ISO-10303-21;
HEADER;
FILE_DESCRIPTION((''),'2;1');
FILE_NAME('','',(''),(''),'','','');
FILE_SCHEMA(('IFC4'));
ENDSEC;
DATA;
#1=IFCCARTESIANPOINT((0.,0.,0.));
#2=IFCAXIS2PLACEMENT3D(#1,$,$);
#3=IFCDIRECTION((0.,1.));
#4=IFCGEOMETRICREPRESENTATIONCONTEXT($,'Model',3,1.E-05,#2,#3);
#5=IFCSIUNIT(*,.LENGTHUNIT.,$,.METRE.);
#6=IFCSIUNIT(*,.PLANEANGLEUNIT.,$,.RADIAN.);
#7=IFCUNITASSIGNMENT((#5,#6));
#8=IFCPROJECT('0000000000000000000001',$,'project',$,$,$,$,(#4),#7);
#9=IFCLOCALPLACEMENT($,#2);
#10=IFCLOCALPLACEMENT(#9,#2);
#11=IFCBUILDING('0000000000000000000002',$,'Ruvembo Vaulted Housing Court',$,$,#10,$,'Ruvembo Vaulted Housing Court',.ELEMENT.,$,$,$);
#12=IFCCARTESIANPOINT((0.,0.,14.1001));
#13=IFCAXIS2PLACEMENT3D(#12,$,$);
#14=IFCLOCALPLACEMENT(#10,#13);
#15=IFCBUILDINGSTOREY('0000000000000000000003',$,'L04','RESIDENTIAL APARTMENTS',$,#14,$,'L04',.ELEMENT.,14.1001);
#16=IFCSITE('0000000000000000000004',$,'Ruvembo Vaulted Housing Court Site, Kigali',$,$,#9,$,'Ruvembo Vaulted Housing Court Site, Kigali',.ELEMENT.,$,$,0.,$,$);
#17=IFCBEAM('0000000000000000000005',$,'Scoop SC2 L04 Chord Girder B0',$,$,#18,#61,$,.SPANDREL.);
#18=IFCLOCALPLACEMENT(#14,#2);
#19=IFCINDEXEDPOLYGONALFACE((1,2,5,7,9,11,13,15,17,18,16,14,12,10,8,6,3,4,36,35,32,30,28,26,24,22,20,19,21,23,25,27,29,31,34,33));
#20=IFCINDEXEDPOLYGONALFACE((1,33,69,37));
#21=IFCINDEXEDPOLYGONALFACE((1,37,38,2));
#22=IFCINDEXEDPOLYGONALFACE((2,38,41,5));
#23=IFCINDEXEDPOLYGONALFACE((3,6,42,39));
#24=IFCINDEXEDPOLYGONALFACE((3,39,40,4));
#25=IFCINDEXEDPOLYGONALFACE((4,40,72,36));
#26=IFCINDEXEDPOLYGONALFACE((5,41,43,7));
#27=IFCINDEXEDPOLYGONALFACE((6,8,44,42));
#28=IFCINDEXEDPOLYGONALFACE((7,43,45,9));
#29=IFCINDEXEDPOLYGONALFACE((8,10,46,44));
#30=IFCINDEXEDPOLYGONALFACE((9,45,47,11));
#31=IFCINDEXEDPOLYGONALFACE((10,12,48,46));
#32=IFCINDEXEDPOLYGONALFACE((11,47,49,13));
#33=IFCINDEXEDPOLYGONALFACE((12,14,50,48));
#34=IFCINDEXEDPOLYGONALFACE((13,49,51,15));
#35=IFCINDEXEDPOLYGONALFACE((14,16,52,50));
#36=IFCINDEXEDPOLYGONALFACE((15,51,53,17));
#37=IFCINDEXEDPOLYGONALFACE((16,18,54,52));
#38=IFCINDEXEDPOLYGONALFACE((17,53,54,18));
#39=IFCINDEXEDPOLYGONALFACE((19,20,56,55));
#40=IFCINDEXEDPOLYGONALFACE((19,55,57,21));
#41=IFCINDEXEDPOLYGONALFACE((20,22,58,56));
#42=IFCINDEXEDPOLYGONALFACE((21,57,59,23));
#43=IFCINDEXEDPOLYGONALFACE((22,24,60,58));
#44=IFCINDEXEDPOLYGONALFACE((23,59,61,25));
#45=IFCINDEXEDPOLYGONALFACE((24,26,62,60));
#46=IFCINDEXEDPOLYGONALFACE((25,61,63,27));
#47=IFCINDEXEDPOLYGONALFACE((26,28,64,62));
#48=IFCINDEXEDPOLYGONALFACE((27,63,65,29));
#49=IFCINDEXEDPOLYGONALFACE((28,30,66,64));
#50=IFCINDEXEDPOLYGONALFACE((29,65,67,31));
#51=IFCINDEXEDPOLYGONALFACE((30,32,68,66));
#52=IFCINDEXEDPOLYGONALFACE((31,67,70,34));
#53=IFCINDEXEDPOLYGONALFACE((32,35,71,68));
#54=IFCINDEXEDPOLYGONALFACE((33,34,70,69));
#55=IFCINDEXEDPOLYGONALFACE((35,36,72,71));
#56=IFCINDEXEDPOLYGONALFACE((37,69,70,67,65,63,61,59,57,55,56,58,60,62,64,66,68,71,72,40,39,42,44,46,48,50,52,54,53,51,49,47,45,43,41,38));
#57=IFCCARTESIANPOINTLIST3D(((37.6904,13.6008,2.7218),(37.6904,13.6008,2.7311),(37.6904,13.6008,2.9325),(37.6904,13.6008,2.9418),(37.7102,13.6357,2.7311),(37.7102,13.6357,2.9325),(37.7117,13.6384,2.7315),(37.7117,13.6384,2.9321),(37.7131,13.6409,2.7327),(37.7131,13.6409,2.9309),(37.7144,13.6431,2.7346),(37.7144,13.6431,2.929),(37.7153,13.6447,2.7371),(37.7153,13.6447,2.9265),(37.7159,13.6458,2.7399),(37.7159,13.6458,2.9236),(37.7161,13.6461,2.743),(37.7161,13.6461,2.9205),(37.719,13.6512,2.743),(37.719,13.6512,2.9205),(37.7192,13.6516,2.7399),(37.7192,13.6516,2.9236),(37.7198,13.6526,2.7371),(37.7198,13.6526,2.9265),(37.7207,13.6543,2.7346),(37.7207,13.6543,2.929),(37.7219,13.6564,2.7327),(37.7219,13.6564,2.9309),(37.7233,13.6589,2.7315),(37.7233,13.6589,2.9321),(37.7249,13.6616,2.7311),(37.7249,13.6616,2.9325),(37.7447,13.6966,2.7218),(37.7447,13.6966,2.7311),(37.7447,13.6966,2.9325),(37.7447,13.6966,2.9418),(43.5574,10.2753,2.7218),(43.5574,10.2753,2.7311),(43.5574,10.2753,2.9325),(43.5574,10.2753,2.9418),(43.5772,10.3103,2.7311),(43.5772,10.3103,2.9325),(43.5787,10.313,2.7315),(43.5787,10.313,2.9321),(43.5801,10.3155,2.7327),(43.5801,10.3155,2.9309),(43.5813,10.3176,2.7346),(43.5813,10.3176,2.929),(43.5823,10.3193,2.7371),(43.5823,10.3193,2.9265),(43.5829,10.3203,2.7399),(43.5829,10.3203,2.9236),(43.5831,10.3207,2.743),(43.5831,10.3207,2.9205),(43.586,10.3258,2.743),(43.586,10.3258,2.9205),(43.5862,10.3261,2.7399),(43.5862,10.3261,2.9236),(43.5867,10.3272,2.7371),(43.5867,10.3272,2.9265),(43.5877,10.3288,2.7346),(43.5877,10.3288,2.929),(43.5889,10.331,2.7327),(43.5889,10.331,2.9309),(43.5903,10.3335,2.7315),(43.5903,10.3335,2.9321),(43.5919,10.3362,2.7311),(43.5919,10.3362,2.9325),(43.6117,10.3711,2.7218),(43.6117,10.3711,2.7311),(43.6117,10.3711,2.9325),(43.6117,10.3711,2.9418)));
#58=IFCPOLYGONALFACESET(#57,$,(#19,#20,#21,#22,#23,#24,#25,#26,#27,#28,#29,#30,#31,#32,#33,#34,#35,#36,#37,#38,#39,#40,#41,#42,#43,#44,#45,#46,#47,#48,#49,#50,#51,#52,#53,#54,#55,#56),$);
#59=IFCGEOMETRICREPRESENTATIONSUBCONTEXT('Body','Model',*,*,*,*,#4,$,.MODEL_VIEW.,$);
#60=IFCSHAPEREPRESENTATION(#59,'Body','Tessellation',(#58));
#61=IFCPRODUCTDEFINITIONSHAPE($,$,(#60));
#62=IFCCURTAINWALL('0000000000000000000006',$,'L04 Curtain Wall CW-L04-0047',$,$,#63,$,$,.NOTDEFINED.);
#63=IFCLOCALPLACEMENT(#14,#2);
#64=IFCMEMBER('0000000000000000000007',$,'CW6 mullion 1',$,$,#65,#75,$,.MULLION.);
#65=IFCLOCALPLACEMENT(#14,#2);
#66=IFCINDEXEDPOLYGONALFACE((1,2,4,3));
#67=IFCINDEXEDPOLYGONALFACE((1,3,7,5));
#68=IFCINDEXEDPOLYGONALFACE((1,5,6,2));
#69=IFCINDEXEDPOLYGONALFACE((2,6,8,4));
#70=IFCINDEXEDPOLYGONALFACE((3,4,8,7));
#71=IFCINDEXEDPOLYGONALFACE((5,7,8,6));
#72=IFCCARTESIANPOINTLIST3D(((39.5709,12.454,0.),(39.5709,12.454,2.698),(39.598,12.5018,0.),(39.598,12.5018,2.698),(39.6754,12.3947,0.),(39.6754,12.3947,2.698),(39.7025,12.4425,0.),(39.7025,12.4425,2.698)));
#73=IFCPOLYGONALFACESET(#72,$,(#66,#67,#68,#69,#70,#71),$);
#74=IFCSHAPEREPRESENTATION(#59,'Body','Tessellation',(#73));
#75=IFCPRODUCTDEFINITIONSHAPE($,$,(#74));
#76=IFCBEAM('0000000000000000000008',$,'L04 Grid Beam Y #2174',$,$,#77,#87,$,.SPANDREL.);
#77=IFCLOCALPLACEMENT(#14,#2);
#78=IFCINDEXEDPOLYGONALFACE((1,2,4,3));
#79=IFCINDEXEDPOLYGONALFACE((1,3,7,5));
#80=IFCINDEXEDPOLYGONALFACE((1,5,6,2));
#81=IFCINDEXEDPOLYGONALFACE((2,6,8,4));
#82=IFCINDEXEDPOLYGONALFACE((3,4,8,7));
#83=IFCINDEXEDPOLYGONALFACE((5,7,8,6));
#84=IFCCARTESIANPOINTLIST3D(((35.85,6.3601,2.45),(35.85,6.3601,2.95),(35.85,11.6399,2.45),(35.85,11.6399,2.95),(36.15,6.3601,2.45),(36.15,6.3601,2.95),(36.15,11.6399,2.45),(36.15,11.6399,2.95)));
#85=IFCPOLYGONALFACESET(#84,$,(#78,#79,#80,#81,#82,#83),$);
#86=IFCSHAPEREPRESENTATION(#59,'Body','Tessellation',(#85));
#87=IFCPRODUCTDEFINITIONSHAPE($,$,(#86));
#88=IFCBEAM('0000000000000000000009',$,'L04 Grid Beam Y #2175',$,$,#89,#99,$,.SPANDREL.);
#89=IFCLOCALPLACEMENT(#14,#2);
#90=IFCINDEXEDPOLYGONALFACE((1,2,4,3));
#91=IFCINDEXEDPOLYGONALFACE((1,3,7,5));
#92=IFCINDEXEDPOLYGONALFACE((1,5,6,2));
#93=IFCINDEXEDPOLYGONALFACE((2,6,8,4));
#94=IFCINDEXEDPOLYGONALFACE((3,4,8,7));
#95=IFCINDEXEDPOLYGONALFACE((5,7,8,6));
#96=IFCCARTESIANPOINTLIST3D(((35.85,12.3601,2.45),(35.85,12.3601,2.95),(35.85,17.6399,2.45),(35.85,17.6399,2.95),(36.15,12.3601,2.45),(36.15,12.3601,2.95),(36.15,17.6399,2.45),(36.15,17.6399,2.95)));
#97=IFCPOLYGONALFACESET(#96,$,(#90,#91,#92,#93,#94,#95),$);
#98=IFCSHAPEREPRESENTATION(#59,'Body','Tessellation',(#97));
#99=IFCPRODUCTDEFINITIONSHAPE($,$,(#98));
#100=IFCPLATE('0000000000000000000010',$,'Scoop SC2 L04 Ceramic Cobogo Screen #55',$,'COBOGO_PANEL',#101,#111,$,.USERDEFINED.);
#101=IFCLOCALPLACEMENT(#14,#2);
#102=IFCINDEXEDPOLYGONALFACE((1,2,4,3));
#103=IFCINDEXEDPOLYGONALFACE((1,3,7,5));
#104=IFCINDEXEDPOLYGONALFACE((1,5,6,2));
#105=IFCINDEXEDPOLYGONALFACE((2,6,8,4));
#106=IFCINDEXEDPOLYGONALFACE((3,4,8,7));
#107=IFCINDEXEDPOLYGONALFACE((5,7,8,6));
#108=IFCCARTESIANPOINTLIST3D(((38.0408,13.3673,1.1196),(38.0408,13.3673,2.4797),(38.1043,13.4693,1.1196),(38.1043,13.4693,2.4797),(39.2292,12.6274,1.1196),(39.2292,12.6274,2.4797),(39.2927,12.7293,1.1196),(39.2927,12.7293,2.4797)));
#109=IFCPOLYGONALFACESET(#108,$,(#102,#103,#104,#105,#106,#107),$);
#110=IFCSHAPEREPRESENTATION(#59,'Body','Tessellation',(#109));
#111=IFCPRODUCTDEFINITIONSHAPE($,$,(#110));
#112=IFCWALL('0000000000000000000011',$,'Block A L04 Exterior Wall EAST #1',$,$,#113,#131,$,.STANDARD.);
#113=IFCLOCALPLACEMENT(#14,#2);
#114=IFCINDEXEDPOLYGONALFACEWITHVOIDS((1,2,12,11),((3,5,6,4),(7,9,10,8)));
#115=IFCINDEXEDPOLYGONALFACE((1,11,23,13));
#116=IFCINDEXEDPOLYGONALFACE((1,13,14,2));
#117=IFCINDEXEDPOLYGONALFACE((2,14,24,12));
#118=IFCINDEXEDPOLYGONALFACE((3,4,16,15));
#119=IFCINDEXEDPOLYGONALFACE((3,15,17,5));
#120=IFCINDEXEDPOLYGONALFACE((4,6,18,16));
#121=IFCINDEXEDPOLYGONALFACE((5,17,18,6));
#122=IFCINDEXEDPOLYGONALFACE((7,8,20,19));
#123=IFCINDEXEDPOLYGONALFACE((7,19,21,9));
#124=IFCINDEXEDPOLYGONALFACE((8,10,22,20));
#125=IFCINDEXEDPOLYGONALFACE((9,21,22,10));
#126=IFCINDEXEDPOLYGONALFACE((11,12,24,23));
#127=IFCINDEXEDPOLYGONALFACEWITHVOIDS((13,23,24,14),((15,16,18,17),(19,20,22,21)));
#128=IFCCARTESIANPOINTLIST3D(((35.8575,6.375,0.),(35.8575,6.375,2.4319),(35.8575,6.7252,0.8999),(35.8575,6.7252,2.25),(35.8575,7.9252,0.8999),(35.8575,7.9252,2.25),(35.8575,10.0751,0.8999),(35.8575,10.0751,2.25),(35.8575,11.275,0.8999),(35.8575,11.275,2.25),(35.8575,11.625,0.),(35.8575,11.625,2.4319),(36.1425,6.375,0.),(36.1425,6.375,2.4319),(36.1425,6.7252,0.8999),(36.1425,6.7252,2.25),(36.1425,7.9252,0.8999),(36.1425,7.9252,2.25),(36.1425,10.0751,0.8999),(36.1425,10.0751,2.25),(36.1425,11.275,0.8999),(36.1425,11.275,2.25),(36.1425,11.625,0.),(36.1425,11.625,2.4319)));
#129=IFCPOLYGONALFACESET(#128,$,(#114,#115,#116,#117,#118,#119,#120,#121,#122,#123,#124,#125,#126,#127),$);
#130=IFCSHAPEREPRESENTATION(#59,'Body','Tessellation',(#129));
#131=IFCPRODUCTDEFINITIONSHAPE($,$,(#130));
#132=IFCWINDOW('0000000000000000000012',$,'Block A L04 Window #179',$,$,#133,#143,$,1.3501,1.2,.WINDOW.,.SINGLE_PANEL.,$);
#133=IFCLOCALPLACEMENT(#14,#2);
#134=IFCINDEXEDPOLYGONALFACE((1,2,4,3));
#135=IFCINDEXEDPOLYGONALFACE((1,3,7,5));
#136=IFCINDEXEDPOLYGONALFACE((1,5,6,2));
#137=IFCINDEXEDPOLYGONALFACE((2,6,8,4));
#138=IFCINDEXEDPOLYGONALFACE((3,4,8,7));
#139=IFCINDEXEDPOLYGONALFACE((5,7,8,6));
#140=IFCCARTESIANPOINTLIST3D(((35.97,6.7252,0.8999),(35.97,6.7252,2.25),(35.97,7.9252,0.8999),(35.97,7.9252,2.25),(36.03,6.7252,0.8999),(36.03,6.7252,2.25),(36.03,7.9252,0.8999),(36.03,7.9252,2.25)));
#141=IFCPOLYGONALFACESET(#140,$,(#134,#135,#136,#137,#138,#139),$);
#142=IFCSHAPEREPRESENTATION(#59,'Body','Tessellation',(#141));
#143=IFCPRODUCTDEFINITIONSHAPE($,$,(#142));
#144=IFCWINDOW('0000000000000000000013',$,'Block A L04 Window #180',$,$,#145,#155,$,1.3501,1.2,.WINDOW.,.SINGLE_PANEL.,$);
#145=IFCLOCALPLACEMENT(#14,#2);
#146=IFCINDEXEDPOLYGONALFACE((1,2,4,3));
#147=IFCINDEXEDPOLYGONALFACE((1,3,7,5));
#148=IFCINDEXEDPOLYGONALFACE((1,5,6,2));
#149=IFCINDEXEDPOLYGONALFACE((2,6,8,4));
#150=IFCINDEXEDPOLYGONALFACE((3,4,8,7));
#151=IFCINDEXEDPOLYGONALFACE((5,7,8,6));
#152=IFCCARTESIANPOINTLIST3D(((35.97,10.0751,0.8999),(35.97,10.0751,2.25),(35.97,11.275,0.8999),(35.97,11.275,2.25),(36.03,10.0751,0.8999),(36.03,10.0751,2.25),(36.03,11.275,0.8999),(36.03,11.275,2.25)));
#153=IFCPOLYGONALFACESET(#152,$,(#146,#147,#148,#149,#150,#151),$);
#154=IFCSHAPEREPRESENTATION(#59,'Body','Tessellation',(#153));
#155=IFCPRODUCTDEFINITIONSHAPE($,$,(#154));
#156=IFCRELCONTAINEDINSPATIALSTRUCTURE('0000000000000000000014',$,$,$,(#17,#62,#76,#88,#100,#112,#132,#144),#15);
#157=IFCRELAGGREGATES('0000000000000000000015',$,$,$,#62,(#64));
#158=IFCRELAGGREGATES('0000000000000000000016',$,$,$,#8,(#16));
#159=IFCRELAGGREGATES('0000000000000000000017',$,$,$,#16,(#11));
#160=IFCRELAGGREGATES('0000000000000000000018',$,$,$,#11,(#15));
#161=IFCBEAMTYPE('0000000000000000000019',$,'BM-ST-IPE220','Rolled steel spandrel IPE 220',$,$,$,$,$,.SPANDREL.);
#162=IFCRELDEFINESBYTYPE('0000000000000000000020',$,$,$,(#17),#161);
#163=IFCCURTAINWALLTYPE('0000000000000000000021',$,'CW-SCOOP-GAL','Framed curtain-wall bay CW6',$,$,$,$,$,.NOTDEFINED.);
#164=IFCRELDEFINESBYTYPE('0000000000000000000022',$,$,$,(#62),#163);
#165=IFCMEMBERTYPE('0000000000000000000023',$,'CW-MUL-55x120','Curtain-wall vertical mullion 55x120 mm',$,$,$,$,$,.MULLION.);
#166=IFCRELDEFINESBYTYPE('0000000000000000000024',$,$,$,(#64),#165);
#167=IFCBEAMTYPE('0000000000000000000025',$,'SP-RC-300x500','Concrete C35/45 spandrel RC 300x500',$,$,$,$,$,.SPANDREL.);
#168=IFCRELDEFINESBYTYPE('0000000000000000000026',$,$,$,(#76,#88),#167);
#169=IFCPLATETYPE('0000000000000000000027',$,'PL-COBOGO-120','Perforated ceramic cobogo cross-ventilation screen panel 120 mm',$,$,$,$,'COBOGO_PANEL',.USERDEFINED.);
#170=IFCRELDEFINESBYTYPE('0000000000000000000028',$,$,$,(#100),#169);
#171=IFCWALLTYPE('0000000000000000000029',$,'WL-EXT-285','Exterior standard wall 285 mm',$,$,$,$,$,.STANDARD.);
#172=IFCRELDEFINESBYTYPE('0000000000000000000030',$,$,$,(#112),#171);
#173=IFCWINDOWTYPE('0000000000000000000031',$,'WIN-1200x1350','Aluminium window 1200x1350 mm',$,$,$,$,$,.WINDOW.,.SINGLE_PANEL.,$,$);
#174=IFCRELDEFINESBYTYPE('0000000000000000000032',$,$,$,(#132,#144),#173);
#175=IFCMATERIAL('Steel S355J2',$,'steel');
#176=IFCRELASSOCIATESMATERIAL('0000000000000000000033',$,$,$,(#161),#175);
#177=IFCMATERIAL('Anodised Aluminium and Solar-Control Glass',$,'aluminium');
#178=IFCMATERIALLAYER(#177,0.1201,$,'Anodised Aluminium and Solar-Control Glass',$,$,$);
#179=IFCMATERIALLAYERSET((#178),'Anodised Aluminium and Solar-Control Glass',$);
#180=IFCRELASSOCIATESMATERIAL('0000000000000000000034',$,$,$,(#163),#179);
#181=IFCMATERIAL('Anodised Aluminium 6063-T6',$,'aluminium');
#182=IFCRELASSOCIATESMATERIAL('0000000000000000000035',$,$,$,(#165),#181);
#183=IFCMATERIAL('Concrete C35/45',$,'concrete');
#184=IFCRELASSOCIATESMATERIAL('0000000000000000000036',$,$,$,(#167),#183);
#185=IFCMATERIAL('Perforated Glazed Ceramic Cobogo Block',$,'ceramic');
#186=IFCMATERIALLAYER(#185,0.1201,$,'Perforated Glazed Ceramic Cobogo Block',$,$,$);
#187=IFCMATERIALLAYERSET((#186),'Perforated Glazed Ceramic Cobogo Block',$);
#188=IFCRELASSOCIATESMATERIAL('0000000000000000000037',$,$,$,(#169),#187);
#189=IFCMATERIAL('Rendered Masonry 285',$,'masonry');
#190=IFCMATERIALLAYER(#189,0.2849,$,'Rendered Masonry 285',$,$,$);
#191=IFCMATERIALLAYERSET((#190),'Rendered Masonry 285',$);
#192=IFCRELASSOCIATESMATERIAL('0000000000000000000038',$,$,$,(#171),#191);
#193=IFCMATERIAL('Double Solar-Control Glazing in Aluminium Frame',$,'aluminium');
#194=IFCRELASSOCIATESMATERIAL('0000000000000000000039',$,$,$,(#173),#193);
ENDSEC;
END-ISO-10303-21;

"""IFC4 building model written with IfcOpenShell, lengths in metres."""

from ifc_helpers import new_model, si_unit, direction, frame, frame_2d, origin, origin_2d, place, context, subcontext, project, spatial, rectangle, i_section, extrude, material, layer, layer_set, material_profile, profile_set, type_object, element, fill, aggregate, save


model = new_model("IFC4")

# Units and contexts
model_context = context("Model", 3, precision=1e-05, world=origin(), true_north=direction((0.0, 1.0)))
body_context = subcontext(model_context, "Body", "Model", "MODEL_VIEW")
ifc_project = project(units=[si_unit("LENGTHUNIT", "METRE"), si_unit("PLANEANGLEUNIT", "RADIAN")], contexts=[model_context])

# Site, building, storey
site_placement = place(None, origin())
site = spatial("IfcSite", under=ifc_project, at=site_placement, Name="Ruvembo Vaulted Housing Court Site, Kigali", LongName="Ruvembo Vaulted Housing Court Site, Kigali", CompositionType="ELEMENT", RefElevation=0.0)
building_placement = place(site_placement, origin())
building = spatial("IfcBuilding", under=site, at=building_placement, Name="Ruvembo Vaulted Housing Court", LongName="Ruvembo Vaulted Housing Court", CompositionType="ELEMENT")
storey_placement = place(building_placement, frame((0.0, 0.0, 14.1001)))
storey = spatial("IfcBuildingStorey", under=building, at=storey_placement, Name="L04", Description="RESIDENTIAL APARTMENTS", LongName="L04", CompositionType="ELEMENT", Elevation=14.1001)

# Shared definitions
ifc_material_1 = material(Name="Concrete C35/45", Category="concrete")

# Beam
ifc_material_2 = material(Name="Steel S355J2", Category="steel")
ifc_material_profile_1 = material_profile(ifc_material_2, i_section(OverallWidth=0.1101, OverallDepth=0.22, WebThickness=0.0059, FlangeThickness=0.0093, FilletRadius=0.012, at=origin_2d()), Name="IPE 220")
ifc_profile_set_1 = profile_set([ifc_material_profile_1], Name="Steel S355J2")
beam_type_1 = type_object("IfcBeamType", Name="BM-ST-IPE220", Description="Rolled steel spandrel IPE 220", PredefinedType="SPANDREL", material=ifc_profile_set_1)
beam_1_placement = place(storey_placement, frame((37.7175, 13.6487, 2.8318), z_axis=(0.869969, -0.493107, 0.0), x_axis=(0.493107, 0.869969, 0.0)))
element("IfcBeam", 1, at=beam_1_placement, inside=storey, type_object=beam_type_1, Name="Scoop SC2 L04 Chord Girder B0", PredefinedType="SPANDREL", context=body_context, shape_type="SweptSolid", body=[
    extrude(i_section(OverallWidth=0.1101, OverallDepth=0.22, WebThickness=0.0059, FlangeThickness=0.0093, FilletRadius=0.012, at=origin_2d()), origin(), (0.0, 0.0, 1.0), 6.7439),
])

# Curtain wall, member
ifc_material_3 = material(Name="Anodised Aluminium and Solar-Control Glass", Category="aluminium")
ifc_layer_1 = layer(ifc_material_3, 0.1201, Name="Anodised Aluminium and Solar-Control Glass")
ifc_layer_set_1 = layer_set([ifc_layer_1], Name="Anodised Aluminium and Solar-Control Glass")
curtain_wall_type = type_object("IfcCurtainWallType", Name="CW-SCOOP-GAL", Description="Framed curtain-wall bay CW6", PredefinedType="NOTDEFINED", material=ifc_layer_set_1)
curtain_wall_placement = place(storey_placement, origin())
curtain_wall = element("IfcCurtainWall", 2, at=curtain_wall_placement, inside=storey, type_object=curtain_wall_type, Name="L04 Curtain Wall CW-L04-0047", PredefinedType="NOTDEFINED")
ifc_material_4 = material(Name="Anodised Aluminium 6063-T6", Category="aluminium")
ifc_material_profile_2 = material_profile(ifc_material_4, rectangle(XDim=0.0549, YDim=0.1201, at=origin_2d()), Name="ALU 55x120")
ifc_profile_set_2 = profile_set([ifc_material_profile_2], Name="Anodised Aluminium 6063-T6")
member_type = type_object("IfcMemberType", Name="CW-MUL-55x120", Description="Curtain-wall vertical mullion 55x120 mm", PredefinedType="MULLION", material=ifc_profile_set_2)
member_placement = place(storey_placement, frame((39.6367, 12.4482, 0.0), z_axis=(0.0, 0.0, 1.0), x_axis=(0.493079, 0.869984, 0.0)))
member = element("IfcMember", 3, at=member_placement, type_object=member_type, Name="CW6 mullion 1", PredefinedType="MULLION", context=body_context, shape_type="SweptSolid", body=[
    extrude(rectangle(XDim=0.0549, YDim=0.1201, at=origin_2d()), origin(), (0.0, 0.0, 1.0), 2.698),
])
aggregate(curtain_wall, [member])

# Beams
ifc_material_profile_3 = material_profile(ifc_material_1, rectangle(XDim=0.3, YDim=0.5, at=origin_2d()), Name="RC 300x500")
ifc_profile_set_3 = profile_set([ifc_material_profile_3], Name="Concrete C35/45")
beam_type_2 = type_object("IfcBeamType", Name="SP-RC-300x500", Description="Concrete C35/45 spandrel RC 300x500", PredefinedType="SPANDREL", material=ifc_profile_set_3)
for number, where, z_axis, x_axis, name in (
    (4, (36.0, 6.3601, 2.7), (0.0, 1.0, 0.0), (-1.0, 0.0, 0.0), "L04 Grid Beam Y #2174"),
    (5, (36.0, 12.3601, 2.7), (0.0, 1.0, 0.0), (-1.0, 0.0, 0.0), "L04 Grid Beam Y #2175"),
):
    element("IfcBeam", number, at=place(storey_placement, frame(where, z_axis=z_axis, x_axis=x_axis)), inside=storey, type_object=beam_type_2, Name=name, PredefinedType="SPANDREL", context=body_context, shape_type="SweptSolid", body=[
        extrude(rectangle(XDim=0.3, YDim=0.5, at=origin_2d()), origin(), (0.0, 0.0, 1.0), 5.2798),
    ])

# Plate
ifc_material_5 = material(Name="Perforated Glazed Ceramic Cobogo Block", Category="ceramic")
ifc_layer_2 = layer(ifc_material_5, 0.1201, Name="Perforated Glazed Ceramic Cobogo Block")
ifc_layer_set_2 = layer_set([ifc_layer_2], Name="Perforated Glazed Ceramic Cobogo Block")
plate_type = type_object("IfcPlateType", Name="PL-COBOGO-120", Description="Perforated ceramic cobogo cross-ventilation screen panel 120 mm", ElementType="COBOGO_PANEL", PredefinedType="USERDEFINED", material=ifc_layer_set_2)
plate_placement = place(storey_placement, frame((38.6667, 13.0483, 1.1196), z_axis=(0.0, 0.0, 1.0), x_axis=(0.848889, -0.528572, 0.0)))
element("IfcPlate", 6, at=plate_placement, inside=storey, type_object=plate_type, Name="Scoop SC2 L04 Ceramic Cobogo Screen #55", ObjectType="COBOGO_PANEL", PredefinedType="USERDEFINED", context=body_context, shape_type="SweptSolid", body=[
    extrude(rectangle(XDim=1.3999, YDim=0.1201, at=origin_2d()), origin(), (0.0, 0.0, 1.0), 1.3601),
])

# Wall, openings, windows
ifc_material_6 = material(Name="Rendered Masonry 285", Category="masonry")
ifc_layer_3 = layer(ifc_material_6, 0.2849, Name="Rendered Masonry 285")
ifc_layer_set_3 = layer_set([ifc_layer_3], Name="Rendered Masonry 285")
wall_type_1 = type_object("IfcWallType", Name="WL-EXT-285", Description="Exterior standard wall 285 mm", PredefinedType="STANDARD", material=ifc_layer_set_3)
wall_1_placement = place(storey_placement, frame((36.0, 6.375, 0.0), z_axis=(0.0, 0.0, 1.0), x_axis=(0.0, 1.0, 0.0)))
wall_1 = element("IfcWall", 7, at=wall_1_placement, inside=storey, type_object=wall_type_1, Name="Block A L04 Exterior Wall EAST #1", PredefinedType="STANDARD", context=body_context, shape_type="SweptSolid", body=[
    extrude(rectangle(XDim=5.25, YDim=0.2849, at=frame_2d((2.625, 0.0))), origin(), (0.0, 0.0, 1.0), 2.4319),
])
opening_1_placement = place(wall_1_placement, frame((0.3501, 0.0, 0.8999)))
opening_1 = element("IfcOpeningElement", 8, at=opening_1_placement, cuts=wall_1, PredefinedType="OPENING", context=body_context, shape_type="SweptSolid", body=[
    extrude(rectangle(XDim=1.2, YDim=1.3501, at=frame_2d((0.6001, 0.675))), frame((0.0, 0.1523, 0.0), z_axis=(0.0, -1.0, 0.0), x_axis=(1.0, 0.0, 0.0)), (0.0, 0.0, 1.0), 0.3049),
])
opening_2_placement = place(wall_1_placement, frame((3.7, 0.0, 0.8999)))
opening_2 = element("IfcOpeningElement", 9, at=opening_2_placement, cuts=wall_1, PredefinedType="OPENING", context=body_context, shape_type="SweptSolid", body=[
    extrude(rectangle(XDim=1.2, YDim=1.3501, at=frame_2d((0.6001, 0.675))), frame((0.0, 0.1523, 0.0), z_axis=(0.0, -1.0, 0.0), x_axis=(1.0, 0.0, 0.0)), (0.0, 0.0, 1.0), 0.3049),
])
ifc_material_7 = material(Name="Double Solar-Control Glazing in Aluminium Frame", Category="aluminium")
window_type_1 = type_object("IfcWindowType", Name="WIN-1200x1350", Description="Aluminium window 1200x1350 mm", PartitioningType="SINGLE_PANEL", PredefinedType="WINDOW", material=ifc_material_7)
window_1_placement = place(opening_1_placement, origin())
window_1 = element("IfcWindow", 10, at=window_1_placement, inside=storey, type_object=window_type_1, Name="Block A L04 Window #179", OverallHeight=1.3501, OverallWidth=1.2, PartitioningType="SINGLE_PANEL", PredefinedType="WINDOW", context=body_context, shape_type="SweptSolid", body=[
    extrude(rectangle(XDim=1.2, YDim=1.3501, at=frame_2d((0.6001, 0.675))), frame((0.0, 0.03, 0.0), z_axis=(0.0, -1.0, 0.0), x_axis=(1.0, 0.0, 0.0)), (0.0, 0.0, 1.0), 0.0601),
])
fill(opening_1, window_1)
window_2_placement = place(opening_2_placement, origin())
window_2 = element("IfcWindow", 11, at=window_2_placement, inside=storey, type_object=window_type_1, Name="Block A L04 Window #180", OverallHeight=1.3501, OverallWidth=1.2, PartitioningType="SINGLE_PANEL", PredefinedType="WINDOW", context=body_context, shape_type="SweptSolid", body=[
    extrude(rectangle(XDim=1.2, YDim=1.3501, at=frame_2d((0.6001, 0.675))), frame((0.0, 0.03, 0.0), z_axis=(0.0, -1.0, 0.0), x_axis=(1.0, 0.0, 0.0)), (0.0, 0.0, 1.0), 0.0601),
])
fill(opening_2, window_2)

save(model, "model.ifc")
